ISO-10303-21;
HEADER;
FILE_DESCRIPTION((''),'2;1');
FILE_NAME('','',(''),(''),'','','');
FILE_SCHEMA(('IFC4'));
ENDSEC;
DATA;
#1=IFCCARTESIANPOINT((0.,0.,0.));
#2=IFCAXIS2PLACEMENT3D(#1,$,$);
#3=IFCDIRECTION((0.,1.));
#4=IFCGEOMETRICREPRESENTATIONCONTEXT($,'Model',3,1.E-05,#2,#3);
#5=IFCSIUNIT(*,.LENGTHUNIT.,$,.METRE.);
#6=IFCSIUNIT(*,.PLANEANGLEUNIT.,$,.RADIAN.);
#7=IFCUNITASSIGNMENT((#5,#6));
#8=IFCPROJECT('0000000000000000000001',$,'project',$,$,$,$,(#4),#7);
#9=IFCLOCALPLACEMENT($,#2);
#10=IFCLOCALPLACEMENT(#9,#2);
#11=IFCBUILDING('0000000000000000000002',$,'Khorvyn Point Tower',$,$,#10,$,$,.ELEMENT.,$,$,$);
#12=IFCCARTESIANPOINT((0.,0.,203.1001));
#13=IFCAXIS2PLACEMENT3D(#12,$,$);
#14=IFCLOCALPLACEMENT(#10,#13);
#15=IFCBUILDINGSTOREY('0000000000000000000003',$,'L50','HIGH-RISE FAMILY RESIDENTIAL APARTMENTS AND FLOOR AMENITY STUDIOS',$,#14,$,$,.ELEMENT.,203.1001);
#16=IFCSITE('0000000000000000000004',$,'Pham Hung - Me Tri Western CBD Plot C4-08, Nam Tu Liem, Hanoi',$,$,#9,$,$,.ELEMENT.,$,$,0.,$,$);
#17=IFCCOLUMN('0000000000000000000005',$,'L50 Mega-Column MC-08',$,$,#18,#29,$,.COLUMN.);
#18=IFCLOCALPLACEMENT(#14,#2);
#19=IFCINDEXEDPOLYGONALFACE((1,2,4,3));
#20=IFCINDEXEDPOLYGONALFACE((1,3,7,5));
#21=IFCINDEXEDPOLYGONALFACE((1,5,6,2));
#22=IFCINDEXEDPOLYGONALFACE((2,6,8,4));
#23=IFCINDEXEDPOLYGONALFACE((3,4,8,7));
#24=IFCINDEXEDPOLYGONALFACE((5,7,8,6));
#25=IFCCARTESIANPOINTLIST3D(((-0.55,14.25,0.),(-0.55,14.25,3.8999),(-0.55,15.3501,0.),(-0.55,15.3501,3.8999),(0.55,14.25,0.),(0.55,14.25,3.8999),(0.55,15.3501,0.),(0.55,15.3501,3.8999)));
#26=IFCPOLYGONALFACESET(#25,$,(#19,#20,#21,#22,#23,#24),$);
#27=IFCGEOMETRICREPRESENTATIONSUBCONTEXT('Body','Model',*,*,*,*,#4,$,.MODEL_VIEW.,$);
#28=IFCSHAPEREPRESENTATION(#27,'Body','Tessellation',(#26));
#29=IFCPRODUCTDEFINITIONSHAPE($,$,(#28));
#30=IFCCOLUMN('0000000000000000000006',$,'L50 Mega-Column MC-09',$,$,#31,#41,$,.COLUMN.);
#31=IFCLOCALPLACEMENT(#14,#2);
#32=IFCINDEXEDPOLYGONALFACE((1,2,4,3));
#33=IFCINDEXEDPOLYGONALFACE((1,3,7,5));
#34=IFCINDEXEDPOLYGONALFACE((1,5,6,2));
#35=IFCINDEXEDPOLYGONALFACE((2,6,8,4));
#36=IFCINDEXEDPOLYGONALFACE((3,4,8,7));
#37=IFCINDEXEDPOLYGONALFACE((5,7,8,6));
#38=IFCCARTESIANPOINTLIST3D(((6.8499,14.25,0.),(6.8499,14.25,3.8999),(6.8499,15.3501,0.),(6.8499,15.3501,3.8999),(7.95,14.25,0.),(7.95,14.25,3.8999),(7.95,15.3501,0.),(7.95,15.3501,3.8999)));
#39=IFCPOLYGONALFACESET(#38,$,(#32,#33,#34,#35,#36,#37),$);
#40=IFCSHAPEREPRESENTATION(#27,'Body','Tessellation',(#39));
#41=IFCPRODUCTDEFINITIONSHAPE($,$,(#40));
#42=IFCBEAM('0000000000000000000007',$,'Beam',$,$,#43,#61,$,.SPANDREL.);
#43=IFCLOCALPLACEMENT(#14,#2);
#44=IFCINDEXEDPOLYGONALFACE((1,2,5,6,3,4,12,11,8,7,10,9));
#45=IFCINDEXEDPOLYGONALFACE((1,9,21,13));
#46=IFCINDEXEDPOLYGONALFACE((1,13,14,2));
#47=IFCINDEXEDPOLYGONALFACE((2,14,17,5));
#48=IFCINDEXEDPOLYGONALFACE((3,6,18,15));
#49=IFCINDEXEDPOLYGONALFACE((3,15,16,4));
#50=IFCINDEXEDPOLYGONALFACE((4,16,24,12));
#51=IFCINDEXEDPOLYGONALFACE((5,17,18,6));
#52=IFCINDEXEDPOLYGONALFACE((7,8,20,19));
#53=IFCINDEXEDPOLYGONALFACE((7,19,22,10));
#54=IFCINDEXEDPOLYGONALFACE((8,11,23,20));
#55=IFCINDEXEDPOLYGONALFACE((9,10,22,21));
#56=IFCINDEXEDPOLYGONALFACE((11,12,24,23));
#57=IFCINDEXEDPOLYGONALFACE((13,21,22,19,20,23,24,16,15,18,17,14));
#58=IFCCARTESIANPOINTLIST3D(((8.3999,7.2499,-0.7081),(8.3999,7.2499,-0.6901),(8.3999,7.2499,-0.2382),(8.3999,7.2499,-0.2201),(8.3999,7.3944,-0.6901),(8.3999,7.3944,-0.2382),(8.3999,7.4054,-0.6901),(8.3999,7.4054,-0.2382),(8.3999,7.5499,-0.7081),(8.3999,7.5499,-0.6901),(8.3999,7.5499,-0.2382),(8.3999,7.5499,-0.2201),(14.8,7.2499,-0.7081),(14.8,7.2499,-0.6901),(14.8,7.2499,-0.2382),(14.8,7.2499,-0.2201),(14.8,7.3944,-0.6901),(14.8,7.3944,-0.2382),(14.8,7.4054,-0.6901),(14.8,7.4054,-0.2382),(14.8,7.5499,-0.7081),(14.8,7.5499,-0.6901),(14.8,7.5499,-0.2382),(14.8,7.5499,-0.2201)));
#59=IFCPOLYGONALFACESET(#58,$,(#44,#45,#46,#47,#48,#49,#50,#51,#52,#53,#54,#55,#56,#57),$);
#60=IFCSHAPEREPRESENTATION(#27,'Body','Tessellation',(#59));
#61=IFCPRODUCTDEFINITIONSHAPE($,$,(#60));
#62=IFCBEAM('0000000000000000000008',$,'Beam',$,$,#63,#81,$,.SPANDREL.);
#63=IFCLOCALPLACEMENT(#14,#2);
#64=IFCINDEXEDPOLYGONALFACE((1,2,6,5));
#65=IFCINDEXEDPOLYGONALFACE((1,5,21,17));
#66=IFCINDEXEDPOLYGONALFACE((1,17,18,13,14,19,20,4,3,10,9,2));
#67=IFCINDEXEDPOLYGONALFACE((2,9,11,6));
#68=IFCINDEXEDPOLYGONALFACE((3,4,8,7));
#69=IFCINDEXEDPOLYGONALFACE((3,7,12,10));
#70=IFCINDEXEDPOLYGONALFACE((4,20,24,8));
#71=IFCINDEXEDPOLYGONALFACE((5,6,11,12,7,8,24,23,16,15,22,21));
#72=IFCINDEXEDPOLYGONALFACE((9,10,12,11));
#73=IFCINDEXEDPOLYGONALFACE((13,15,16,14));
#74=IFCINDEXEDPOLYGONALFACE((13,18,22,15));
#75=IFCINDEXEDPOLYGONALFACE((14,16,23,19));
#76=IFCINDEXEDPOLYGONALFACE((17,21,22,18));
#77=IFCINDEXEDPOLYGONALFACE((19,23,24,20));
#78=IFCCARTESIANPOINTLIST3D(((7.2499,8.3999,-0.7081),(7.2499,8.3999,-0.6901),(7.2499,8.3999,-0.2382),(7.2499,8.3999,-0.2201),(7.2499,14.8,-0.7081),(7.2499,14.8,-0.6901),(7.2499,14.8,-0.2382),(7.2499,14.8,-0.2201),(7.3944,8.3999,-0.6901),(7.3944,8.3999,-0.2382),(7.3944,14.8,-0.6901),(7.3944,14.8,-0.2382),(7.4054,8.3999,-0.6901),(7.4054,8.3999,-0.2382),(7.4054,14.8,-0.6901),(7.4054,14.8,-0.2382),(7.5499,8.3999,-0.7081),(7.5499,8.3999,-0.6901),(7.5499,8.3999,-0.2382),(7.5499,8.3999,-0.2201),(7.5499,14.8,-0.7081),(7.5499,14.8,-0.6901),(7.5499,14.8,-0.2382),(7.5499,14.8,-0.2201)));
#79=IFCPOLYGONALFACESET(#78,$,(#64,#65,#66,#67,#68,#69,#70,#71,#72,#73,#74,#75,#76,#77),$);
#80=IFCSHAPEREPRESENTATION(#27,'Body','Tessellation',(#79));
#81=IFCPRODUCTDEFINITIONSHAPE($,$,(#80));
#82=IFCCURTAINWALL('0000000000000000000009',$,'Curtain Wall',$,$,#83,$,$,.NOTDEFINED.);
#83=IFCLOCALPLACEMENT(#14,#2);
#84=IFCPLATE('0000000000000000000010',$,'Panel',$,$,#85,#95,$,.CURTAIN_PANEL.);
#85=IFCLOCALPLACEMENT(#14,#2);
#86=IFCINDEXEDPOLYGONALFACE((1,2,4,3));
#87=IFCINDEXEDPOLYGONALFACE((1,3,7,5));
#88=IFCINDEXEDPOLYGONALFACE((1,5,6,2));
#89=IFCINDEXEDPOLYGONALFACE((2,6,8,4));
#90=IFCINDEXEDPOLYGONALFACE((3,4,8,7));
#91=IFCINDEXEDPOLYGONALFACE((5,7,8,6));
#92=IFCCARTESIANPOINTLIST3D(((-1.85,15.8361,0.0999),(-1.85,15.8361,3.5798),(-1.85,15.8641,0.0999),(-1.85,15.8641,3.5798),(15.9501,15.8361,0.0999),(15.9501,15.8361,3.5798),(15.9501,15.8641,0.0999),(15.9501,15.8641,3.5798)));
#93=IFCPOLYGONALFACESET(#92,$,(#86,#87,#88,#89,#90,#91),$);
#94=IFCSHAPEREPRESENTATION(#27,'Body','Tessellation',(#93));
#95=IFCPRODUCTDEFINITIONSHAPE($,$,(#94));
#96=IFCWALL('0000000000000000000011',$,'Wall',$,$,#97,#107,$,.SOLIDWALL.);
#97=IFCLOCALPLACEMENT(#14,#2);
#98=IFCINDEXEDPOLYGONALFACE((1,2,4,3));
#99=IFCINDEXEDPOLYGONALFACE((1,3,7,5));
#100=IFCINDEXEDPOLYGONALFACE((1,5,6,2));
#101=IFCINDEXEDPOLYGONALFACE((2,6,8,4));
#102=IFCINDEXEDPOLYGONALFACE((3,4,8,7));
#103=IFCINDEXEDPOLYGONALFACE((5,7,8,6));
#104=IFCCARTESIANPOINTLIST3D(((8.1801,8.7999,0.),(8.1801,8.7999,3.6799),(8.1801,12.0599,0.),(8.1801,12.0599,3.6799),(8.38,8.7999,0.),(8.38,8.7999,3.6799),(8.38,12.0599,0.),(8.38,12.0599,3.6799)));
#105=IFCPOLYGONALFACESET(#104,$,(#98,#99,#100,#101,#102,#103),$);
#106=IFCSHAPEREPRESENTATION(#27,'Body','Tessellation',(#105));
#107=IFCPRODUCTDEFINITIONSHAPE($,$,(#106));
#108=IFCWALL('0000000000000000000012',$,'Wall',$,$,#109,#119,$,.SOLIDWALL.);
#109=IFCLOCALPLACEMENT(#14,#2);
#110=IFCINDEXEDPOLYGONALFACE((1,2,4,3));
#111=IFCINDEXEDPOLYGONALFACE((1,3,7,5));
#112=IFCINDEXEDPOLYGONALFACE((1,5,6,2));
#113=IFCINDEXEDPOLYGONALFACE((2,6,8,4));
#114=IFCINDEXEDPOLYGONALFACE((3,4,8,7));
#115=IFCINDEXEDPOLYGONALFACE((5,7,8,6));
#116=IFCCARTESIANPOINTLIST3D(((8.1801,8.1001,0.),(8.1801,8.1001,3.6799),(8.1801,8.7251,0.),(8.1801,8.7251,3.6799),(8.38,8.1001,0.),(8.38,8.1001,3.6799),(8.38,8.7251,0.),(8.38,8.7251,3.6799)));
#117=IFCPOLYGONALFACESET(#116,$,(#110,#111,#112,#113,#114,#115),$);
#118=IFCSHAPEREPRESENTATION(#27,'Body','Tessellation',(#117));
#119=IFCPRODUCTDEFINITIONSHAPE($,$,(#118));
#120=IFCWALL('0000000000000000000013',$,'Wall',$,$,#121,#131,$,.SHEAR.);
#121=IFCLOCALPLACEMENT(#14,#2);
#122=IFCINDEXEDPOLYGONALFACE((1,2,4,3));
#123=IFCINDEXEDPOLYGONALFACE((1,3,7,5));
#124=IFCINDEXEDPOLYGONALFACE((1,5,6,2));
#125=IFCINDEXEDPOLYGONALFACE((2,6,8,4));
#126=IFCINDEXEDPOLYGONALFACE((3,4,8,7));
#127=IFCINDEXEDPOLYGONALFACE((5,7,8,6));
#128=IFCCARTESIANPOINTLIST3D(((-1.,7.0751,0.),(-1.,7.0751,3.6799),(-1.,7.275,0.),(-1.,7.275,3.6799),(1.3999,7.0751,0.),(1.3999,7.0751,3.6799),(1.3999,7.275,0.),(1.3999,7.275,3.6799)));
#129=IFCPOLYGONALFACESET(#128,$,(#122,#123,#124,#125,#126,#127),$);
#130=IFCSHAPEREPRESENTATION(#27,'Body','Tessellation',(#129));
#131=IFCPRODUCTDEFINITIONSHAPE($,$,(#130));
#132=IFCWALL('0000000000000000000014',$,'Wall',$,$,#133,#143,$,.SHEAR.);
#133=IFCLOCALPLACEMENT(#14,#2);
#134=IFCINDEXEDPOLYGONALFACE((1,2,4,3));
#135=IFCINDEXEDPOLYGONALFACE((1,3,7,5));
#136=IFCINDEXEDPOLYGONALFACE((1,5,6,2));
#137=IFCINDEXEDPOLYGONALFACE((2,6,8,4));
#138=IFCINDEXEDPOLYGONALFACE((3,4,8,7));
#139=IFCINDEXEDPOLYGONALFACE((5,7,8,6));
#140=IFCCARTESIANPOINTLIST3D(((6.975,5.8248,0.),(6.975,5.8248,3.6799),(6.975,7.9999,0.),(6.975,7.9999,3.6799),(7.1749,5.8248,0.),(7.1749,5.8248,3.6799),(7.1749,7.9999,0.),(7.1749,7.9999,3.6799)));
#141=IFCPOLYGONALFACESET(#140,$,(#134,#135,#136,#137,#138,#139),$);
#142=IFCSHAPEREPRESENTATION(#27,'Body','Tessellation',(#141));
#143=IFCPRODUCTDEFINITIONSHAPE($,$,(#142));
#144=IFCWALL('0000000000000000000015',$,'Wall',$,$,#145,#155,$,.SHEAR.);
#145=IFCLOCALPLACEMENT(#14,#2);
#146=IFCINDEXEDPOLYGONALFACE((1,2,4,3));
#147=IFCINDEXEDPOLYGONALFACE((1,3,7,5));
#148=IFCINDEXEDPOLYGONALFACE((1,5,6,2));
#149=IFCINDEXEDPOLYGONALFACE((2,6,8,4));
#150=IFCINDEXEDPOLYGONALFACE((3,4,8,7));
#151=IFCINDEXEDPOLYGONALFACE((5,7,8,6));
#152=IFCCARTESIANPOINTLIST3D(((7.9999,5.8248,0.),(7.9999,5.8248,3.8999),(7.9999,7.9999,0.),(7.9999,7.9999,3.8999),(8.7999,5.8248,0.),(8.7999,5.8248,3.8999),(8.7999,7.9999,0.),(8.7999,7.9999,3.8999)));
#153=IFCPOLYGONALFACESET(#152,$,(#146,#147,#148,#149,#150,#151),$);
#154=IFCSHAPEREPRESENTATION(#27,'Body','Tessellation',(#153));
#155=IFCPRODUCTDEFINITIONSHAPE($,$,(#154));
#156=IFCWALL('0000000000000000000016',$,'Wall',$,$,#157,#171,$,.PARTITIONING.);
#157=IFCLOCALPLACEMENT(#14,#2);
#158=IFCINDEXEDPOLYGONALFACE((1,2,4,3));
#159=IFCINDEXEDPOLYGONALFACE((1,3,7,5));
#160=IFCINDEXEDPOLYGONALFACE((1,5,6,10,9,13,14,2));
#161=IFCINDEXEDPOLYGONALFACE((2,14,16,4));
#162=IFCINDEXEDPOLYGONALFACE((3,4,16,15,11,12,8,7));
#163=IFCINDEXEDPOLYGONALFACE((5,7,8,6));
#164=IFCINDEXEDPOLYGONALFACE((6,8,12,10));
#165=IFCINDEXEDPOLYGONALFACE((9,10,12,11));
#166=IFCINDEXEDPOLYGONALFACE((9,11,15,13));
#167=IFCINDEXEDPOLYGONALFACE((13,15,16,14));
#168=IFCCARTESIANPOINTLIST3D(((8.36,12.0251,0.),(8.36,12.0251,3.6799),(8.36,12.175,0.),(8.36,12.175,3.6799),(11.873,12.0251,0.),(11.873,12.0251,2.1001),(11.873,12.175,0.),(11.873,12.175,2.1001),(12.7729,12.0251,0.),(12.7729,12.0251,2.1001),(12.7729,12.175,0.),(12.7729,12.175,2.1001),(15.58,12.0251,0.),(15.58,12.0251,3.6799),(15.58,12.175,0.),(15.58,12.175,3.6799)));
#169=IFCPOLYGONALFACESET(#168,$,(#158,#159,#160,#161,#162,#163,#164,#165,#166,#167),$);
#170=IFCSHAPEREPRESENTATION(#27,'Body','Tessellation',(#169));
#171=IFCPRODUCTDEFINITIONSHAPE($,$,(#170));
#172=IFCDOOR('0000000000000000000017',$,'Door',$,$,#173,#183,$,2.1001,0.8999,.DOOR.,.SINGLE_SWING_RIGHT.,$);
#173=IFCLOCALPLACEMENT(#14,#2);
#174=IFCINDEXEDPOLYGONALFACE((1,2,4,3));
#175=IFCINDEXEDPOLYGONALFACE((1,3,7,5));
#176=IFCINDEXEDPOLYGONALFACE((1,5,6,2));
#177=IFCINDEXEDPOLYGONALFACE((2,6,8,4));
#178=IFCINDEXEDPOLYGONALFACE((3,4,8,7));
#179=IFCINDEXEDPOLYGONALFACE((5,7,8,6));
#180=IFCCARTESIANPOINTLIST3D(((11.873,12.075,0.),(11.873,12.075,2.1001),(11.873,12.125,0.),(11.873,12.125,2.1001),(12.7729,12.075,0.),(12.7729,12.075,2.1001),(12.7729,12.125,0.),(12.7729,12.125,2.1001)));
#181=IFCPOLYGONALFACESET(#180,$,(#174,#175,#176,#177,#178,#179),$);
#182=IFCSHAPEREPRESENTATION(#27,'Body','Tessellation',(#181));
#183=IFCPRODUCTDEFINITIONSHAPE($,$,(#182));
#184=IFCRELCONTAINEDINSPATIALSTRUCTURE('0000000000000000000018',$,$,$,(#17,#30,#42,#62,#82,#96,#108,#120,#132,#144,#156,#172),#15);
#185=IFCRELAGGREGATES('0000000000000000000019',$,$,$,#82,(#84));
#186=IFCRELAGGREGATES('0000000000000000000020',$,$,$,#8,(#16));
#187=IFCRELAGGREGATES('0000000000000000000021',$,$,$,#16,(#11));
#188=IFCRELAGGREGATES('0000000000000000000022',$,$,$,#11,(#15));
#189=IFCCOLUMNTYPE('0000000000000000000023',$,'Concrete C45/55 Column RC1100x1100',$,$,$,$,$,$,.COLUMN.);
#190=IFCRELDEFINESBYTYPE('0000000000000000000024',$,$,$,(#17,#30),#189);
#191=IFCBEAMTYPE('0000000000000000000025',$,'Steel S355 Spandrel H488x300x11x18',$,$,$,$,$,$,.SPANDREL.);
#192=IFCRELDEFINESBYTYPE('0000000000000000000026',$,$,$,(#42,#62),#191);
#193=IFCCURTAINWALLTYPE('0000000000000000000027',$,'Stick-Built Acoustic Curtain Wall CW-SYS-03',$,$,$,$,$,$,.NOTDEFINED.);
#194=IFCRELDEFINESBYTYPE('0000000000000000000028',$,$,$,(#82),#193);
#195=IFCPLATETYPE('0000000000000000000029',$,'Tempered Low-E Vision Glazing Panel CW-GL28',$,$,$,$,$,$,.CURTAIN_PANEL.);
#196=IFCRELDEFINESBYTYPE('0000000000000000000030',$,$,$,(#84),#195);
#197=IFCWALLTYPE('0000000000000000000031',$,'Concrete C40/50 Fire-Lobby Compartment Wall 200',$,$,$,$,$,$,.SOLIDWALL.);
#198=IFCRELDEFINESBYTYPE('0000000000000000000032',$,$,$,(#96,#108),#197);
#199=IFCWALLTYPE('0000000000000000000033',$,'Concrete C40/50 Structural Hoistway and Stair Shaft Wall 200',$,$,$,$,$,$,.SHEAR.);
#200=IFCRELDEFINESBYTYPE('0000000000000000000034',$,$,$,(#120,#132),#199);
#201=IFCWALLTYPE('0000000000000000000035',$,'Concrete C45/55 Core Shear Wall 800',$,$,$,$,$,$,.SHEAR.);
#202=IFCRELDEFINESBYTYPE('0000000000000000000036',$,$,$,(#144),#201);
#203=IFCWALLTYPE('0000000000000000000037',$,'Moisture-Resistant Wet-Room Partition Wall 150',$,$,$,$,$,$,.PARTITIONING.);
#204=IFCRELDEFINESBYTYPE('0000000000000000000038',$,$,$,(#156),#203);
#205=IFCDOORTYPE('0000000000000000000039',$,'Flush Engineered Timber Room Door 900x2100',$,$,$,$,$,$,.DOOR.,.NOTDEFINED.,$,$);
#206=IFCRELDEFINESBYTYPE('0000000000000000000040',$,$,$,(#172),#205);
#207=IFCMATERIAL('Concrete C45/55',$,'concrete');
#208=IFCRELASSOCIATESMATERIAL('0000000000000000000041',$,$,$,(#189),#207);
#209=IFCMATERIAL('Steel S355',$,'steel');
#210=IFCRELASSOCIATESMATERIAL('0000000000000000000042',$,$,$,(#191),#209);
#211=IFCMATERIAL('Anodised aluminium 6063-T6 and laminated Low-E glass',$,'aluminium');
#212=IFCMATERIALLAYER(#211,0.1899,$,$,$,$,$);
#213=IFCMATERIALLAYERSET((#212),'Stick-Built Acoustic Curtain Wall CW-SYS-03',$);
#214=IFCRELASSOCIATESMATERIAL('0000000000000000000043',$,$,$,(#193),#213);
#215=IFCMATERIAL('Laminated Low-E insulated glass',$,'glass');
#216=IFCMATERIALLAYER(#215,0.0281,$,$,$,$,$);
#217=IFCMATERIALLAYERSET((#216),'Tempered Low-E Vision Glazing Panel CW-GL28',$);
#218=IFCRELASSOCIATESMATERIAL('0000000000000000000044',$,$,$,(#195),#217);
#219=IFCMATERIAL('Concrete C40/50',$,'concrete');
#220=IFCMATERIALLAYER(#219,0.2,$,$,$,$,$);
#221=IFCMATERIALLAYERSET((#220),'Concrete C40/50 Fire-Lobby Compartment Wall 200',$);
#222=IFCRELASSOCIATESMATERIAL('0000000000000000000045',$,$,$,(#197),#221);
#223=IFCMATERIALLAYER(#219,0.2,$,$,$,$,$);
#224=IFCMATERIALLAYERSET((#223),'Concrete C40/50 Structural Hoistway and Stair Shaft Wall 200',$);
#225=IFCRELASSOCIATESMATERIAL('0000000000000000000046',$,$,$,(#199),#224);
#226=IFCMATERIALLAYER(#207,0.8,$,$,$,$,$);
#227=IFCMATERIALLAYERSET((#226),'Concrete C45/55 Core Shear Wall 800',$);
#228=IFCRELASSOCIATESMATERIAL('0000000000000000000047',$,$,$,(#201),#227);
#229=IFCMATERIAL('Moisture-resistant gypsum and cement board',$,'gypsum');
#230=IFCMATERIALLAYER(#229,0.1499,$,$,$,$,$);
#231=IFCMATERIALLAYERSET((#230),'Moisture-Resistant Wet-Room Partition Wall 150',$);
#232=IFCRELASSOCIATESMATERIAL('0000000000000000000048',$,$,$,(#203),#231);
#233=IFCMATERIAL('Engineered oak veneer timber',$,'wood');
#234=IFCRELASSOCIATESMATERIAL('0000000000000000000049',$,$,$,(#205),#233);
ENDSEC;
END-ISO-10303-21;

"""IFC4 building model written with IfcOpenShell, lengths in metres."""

from ifc_helpers import new_model, si_unit, direction, frame, frame_2d, origin, origin_2d, place, context, subcontext, project, spatial, rectangle, i_section, extrude, material, layer, layer_set, material_profile, profile_set, type_object, element, fill, aggregate, save


model = new_model("IFC4")

# Units and contexts
model_context = context("Model", 3, precision=1e-05, world=origin(), true_north=direction((0.0, 1.0)))
body_context = subcontext(model_context, "Body", "Model", "MODEL_VIEW")
ifc_project = project(units=[si_unit("LENGTHUNIT", "METRE"), si_unit("PLANEANGLEUNIT", "RADIAN")], contexts=[model_context])

# Site, building, storey
site_placement = place(None, origin())
site = spatial("IfcSite", under=ifc_project, at=site_placement, Name="Pham Hung - Me Tri Western CBD Plot C4-08, Nam Tu Liem, Hanoi", CompositionType="ELEMENT", RefElevation=0.0)
building_placement = place(site_placement, origin())
building = spatial("IfcBuilding", under=site, at=building_placement, Name="Khorvyn Point Tower", CompositionType="ELEMENT")
storey_placement = place(building_placement, frame((0.0, 0.0, 203.1001)))
storey = spatial("IfcBuildingStorey", under=building, at=storey_placement, Name="L50", Description="HIGH-RISE FAMILY RESIDENTIAL APARTMENTS AND FLOOR AMENITY STUDIOS", CompositionType="ELEMENT", Elevation=203.1001)

# Columns
ifc_material_1 = material(Name="Concrete C45/55", Category="concrete")
ifc_material_profile_1 = material_profile(ifc_material_1, rectangle(XDim=1.1001, YDim=1.1001, at=origin_2d()))
ifc_profile_set_1 = profile_set([ifc_material_profile_1], Name="Concrete C45/55 RC1100x1100")
column_type = type_object("IfcColumnType", Name="Concrete C45/55 Column RC1100x1100", PredefinedType="COLUMN", material=ifc_profile_set_1)
for number, where, z_axis, x_axis, name in (
    (1, (0.0, 14.8, 0.0), (0.0, 0.0, 1.0), (1.0, 0.0, 0.0), "L50 Mega-Column MC-08"),
    (2, (7.3999, 14.8, 0.0), (0.0, 0.0, 1.0), (1.0, 0.0, 0.0), "L50 Mega-Column MC-09"),
):
    element("IfcColumn", number, at=place(storey_placement, frame(where, z_axis=z_axis, x_axis=x_axis)), inside=storey, type_object=column_type, Name=name, PredefinedType="COLUMN", context=body_context, shape_type="SweptSolid", body=[
        extrude(rectangle(XDim=1.1001, YDim=1.1001, at=origin_2d()), origin(), (0.0, 0.0, 1.0), 3.8999),
    ])

# Beams
ifc_material_2 = material(Name="Steel S355", Category="steel")
ifc_material_profile_2 = material_profile(ifc_material_2, i_section(OverallWidth=0.3, OverallDepth=0.488, WebThickness=0.011, FlangeThickness=0.0181, at=origin_2d()))
ifc_profile_set_2 = profile_set([ifc_material_profile_2], Name="Steel S355 H488x300x11x18")
beam_type = type_object("IfcBeamType", Name="Steel S355 Spandrel H488x300x11x18", PredefinedType="SPANDREL", material=ifc_profile_set_2)
for number, where, z_axis, x_axis, name in (
    (3, (8.3999, 7.3999, -0.4641), (1.0, 0.0, 0.0), (0.0, 1.0, 0.0), "Beam"),
    (4, (7.3999, 8.3999, -0.4641), (0.0, 1.0, 0.0), (-1.0, 0.0, 0.0), "Beam"),
):
    element("IfcBeam", number, at=place(storey_placement, frame(where, z_axis=z_axis, x_axis=x_axis)), inside=storey, type_object=beam_type, Name=name, PredefinedType="SPANDREL", context=body_context, shape_type="SweptSolid", body=[
        extrude(i_section(OverallWidth=0.3, OverallDepth=0.488, WebThickness=0.011, FlangeThickness=0.0181, at=origin_2d()), origin(), (0.0, 0.0, 1.0), 6.4001),
    ])

# Curtain wall, plate
ifc_material_3 = material(Name="Anodised aluminium 6063-T6 and laminated Low-E glass", Category="aluminium")
ifc_layer_1 = layer(ifc_material_3, 0.1899)
ifc_layer_set_1 = layer_set([ifc_layer_1], Name="Stick-Built Acoustic Curtain Wall CW-SYS-03")
curtain_wall_type = type_object("IfcCurtainWallType", Name="Stick-Built Acoustic Curtain Wall CW-SYS-03", PredefinedType="NOTDEFINED", material=ifc_layer_set_1)
curtain_wall_placement = place(storey_placement, origin())
curtain_wall = element("IfcCurtainWall", 5, at=curtain_wall_placement, inside=storey, type_object=curtain_wall_type, Name="Curtain Wall", PredefinedType="NOTDEFINED")
ifc_material_4 = material(Name="Laminated Low-E insulated glass", Category="glass")
ifc_layer_2 = layer(ifc_material_4, 0.0281)
ifc_layer_set_2 = layer_set([ifc_layer_2], Name="Tempered Low-E Vision Glazing Panel CW-GL28")
plate_type = type_object("IfcPlateType", Name="Tempered Low-E Vision Glazing Panel CW-GL28", PredefinedType="CURTAIN_PANEL", material=ifc_layer_set_2)
plate_placement = place(storey_placement, frame((7.05, 15.8501, 0.0999), z_axis=(0.0, 0.0, 1.0), x_axis=(1.0, 0.0, 0.0)))
plate = element("IfcPlate", 6, at=plate_placement, type_object=plate_type, Name="Panel", PredefinedType="CURTAIN_PANEL", context=body_context, shape_type="SweptSolid", body=[
    extrude(rectangle(XDim=17.8, YDim=0.0281, at=origin_2d()), origin(), (0.0, 0.0, 1.0), 3.48),
])
aggregate(curtain_wall, [plate])

# Shared definitions
ifc_material_5 = material(Name="Concrete C40/50", Category="concrete")
ifc_layer_3 = layer(ifc_material_5, 0.2)
ifc_layer_set_3 = layer_set([ifc_layer_3], Name="Concrete C40/50 Fire-Lobby Compartment Wall 200")
wall_type_1 = type_object("IfcWallType", Name="Concrete C40/50 Fire-Lobby Compartment Wall 200", PredefinedType="SOLIDWALL", material=ifc_layer_set_3)

# Walls
wall_1_placement = place(storey_placement, frame((8.28, 8.8, 0.0), z_axis=(0.0, 0.0, 1.0), x_axis=(0.0, 1.0, 0.0)))
element("IfcWall", 7, at=wall_1_placement, inside=storey, type_object=wall_type_1, Name="Wall", PredefinedType="SOLIDWALL", context=body_context, shape_type="SweptSolid", body=[
    extrude(rectangle(XDim=3.26, YDim=0.2, at=frame_2d((1.6299, 0.0))), origin(), (0.0, 0.0, 1.0), 3.6799),
])
wall_2_placement = place(storey_placement, frame((8.28, 8.1001, 0.0), z_axis=(0.0, 0.0, 1.0), x_axis=(0.0, 1.0, 0.0)))
element("IfcWall", 8, at=wall_2_placement, inside=storey, type_object=wall_type_1, Name="Wall", PredefinedType="SOLIDWALL", context=body_context, shape_type="SweptSolid", body=[
    extrude(rectangle(XDim=0.625, YDim=0.2, at=frame_2d((0.3125, 0.0))), origin(), (0.0, 0.0, 1.0), 3.6799),
])

# Walls
ifc_layer_4 = layer(ifc_material_5, 0.2)
ifc_layer_set_4 = layer_set([ifc_layer_4], Name="Concrete C40/50 Structural Hoistway and Stair Shaft Wall 200")
wall_type_2 = type_object("IfcWallType", Name="Concrete C40/50 Structural Hoistway and Stair Shaft Wall 200", PredefinedType="SHEAR", material=ifc_layer_set_4)
wall_3_placement = place(storey_placement, frame((-1.0, 7.175, 0.0), z_axis=(0.0, 0.0, 1.0), x_axis=(1.0, 0.0, 0.0)))
element("IfcWall", 9, at=wall_3_placement, inside=storey, type_object=wall_type_2, Name="Wall", PredefinedType="SHEAR", context=body_context, shape_type="SweptSolid", body=[
    extrude(rectangle(XDim=2.3999, YDim=0.2, at=frame_2d((1.2, 0.0))), origin(), (0.0, 0.0, 1.0), 3.6799),
])
wall_4_placement = place(storey_placement, frame((7.075, 5.825, 0.0), z_axis=(0.0, 0.0, 1.0), x_axis=(0.0, 1.0, 0.0)))
element("IfcWall", 10, at=wall_4_placement, inside=storey, type_object=wall_type_2, Name="Wall", PredefinedType="SHEAR", context=body_context, shape_type="SweptSolid", body=[
    extrude(rectangle(XDim=2.175, YDim=0.2, at=frame_2d((1.0874, 0.0))), origin(), (0.0, 0.0, 1.0), 3.6799),
])
ifc_layer_5 = layer(ifc_material_1, 0.8)
ifc_layer_set_5 = layer_set([ifc_layer_5], Name="Concrete C45/55 Core Shear Wall 800")
wall_type_3 = type_object("IfcWallType", Name="Concrete C45/55 Core Shear Wall 800", PredefinedType="SHEAR", material=ifc_layer_set_5)
wall_5_placement = place(storey_placement, frame((8.3999, 5.825, 0.0), z_axis=(0.0, 0.0, 1.0), x_axis=(0.0, 1.0, 0.0)))
element("IfcWall", 11, at=wall_5_placement, inside=storey, type_object=wall_type_3, Name="Wall", PredefinedType="SHEAR", context=body_context, shape_type="SweptSolid", body=[
    extrude(rectangle(XDim=2.175, YDim=0.8, at=frame_2d((1.0874, 0.0))), origin(), (0.0, 0.0, 1.0), 3.8999),
])

# Wall, opening, door
ifc_material_6 = material(Name="Moisture-resistant gypsum and cement board", Category="gypsum")
ifc_layer_6 = layer(ifc_material_6, 0.1499)
ifc_layer_set_6 = layer_set([ifc_layer_6], Name="Moisture-Resistant Wet-Room Partition Wall 150")
wall_type_4 = type_object("IfcWallType", Name="Moisture-Resistant Wet-Room Partition Wall 150", PredefinedType="PARTITIONING", material=ifc_layer_set_6)
wall_6_placement = place(storey_placement, frame((8.3601, 12.1001, 0.0), z_axis=(0.0, 0.0, 1.0), x_axis=(1.0, 0.0, 0.0)))
wall_6 = element("IfcWall", 12, at=wall_6_placement, inside=storey, type_object=wall_type_4, Name="Wall", PredefinedType="PARTITIONING", context=body_context, shape_type="SweptSolid", body=[
    extrude(rectangle(XDim=7.22, YDim=0.1499, at=frame_2d((3.6099, 0.0))), origin(), (0.0, 0.0, 1.0), 3.6799),
])
opening_1_placement = place(wall_6_placement, frame((3.5129, 0.0, 0.0)))
opening_1 = element("IfcOpeningElement", 13, at=opening_1_placement, cuts=wall_6, PredefinedType="OPENING", context=body_context, shape_type="SweptSolid", body=[
    extrude(rectangle(XDim=0.8999, YDim=2.1001, at=frame_2d((0.45, 1.05))), frame((0.0, 0.085, 0.0), z_axis=(0.0, -1.0, 0.0), x_axis=(1.0, 0.0, 0.0)), (0.0, 0.0, 1.0), 0.1699),
])
ifc_material_7 = material(Name="Engineered oak veneer timber", Category="wood")
door_type_1 = type_object("IfcDoorType", Name="Flush Engineered Timber Room Door 900x2100", OperationType="NOTDEFINED", PredefinedType="DOOR", material=ifc_material_7)
door_1_placement = place(opening_1_placement, origin())
door_1 = element("IfcDoor", 14, at=door_1_placement, inside=storey, type_object=door_type_1, Name="Door", OperationType="SINGLE_SWING_RIGHT", OverallHeight=2.1001, OverallWidth=0.8999, PredefinedType="DOOR", context=body_context, shape_type="SweptSolid", body=[
    extrude(rectangle(XDim=0.8999, YDim=2.1001, at=frame_2d((0.45, 1.05))), frame((0.0, 0.0249, 0.0), z_axis=(0.0, -1.0, 0.0), x_axis=(1.0, 0.0, 0.0)), (0.0, 0.0, 1.0), 0.05),
])
fill(opening_1, door_1)

save(model, "model.ifc")
